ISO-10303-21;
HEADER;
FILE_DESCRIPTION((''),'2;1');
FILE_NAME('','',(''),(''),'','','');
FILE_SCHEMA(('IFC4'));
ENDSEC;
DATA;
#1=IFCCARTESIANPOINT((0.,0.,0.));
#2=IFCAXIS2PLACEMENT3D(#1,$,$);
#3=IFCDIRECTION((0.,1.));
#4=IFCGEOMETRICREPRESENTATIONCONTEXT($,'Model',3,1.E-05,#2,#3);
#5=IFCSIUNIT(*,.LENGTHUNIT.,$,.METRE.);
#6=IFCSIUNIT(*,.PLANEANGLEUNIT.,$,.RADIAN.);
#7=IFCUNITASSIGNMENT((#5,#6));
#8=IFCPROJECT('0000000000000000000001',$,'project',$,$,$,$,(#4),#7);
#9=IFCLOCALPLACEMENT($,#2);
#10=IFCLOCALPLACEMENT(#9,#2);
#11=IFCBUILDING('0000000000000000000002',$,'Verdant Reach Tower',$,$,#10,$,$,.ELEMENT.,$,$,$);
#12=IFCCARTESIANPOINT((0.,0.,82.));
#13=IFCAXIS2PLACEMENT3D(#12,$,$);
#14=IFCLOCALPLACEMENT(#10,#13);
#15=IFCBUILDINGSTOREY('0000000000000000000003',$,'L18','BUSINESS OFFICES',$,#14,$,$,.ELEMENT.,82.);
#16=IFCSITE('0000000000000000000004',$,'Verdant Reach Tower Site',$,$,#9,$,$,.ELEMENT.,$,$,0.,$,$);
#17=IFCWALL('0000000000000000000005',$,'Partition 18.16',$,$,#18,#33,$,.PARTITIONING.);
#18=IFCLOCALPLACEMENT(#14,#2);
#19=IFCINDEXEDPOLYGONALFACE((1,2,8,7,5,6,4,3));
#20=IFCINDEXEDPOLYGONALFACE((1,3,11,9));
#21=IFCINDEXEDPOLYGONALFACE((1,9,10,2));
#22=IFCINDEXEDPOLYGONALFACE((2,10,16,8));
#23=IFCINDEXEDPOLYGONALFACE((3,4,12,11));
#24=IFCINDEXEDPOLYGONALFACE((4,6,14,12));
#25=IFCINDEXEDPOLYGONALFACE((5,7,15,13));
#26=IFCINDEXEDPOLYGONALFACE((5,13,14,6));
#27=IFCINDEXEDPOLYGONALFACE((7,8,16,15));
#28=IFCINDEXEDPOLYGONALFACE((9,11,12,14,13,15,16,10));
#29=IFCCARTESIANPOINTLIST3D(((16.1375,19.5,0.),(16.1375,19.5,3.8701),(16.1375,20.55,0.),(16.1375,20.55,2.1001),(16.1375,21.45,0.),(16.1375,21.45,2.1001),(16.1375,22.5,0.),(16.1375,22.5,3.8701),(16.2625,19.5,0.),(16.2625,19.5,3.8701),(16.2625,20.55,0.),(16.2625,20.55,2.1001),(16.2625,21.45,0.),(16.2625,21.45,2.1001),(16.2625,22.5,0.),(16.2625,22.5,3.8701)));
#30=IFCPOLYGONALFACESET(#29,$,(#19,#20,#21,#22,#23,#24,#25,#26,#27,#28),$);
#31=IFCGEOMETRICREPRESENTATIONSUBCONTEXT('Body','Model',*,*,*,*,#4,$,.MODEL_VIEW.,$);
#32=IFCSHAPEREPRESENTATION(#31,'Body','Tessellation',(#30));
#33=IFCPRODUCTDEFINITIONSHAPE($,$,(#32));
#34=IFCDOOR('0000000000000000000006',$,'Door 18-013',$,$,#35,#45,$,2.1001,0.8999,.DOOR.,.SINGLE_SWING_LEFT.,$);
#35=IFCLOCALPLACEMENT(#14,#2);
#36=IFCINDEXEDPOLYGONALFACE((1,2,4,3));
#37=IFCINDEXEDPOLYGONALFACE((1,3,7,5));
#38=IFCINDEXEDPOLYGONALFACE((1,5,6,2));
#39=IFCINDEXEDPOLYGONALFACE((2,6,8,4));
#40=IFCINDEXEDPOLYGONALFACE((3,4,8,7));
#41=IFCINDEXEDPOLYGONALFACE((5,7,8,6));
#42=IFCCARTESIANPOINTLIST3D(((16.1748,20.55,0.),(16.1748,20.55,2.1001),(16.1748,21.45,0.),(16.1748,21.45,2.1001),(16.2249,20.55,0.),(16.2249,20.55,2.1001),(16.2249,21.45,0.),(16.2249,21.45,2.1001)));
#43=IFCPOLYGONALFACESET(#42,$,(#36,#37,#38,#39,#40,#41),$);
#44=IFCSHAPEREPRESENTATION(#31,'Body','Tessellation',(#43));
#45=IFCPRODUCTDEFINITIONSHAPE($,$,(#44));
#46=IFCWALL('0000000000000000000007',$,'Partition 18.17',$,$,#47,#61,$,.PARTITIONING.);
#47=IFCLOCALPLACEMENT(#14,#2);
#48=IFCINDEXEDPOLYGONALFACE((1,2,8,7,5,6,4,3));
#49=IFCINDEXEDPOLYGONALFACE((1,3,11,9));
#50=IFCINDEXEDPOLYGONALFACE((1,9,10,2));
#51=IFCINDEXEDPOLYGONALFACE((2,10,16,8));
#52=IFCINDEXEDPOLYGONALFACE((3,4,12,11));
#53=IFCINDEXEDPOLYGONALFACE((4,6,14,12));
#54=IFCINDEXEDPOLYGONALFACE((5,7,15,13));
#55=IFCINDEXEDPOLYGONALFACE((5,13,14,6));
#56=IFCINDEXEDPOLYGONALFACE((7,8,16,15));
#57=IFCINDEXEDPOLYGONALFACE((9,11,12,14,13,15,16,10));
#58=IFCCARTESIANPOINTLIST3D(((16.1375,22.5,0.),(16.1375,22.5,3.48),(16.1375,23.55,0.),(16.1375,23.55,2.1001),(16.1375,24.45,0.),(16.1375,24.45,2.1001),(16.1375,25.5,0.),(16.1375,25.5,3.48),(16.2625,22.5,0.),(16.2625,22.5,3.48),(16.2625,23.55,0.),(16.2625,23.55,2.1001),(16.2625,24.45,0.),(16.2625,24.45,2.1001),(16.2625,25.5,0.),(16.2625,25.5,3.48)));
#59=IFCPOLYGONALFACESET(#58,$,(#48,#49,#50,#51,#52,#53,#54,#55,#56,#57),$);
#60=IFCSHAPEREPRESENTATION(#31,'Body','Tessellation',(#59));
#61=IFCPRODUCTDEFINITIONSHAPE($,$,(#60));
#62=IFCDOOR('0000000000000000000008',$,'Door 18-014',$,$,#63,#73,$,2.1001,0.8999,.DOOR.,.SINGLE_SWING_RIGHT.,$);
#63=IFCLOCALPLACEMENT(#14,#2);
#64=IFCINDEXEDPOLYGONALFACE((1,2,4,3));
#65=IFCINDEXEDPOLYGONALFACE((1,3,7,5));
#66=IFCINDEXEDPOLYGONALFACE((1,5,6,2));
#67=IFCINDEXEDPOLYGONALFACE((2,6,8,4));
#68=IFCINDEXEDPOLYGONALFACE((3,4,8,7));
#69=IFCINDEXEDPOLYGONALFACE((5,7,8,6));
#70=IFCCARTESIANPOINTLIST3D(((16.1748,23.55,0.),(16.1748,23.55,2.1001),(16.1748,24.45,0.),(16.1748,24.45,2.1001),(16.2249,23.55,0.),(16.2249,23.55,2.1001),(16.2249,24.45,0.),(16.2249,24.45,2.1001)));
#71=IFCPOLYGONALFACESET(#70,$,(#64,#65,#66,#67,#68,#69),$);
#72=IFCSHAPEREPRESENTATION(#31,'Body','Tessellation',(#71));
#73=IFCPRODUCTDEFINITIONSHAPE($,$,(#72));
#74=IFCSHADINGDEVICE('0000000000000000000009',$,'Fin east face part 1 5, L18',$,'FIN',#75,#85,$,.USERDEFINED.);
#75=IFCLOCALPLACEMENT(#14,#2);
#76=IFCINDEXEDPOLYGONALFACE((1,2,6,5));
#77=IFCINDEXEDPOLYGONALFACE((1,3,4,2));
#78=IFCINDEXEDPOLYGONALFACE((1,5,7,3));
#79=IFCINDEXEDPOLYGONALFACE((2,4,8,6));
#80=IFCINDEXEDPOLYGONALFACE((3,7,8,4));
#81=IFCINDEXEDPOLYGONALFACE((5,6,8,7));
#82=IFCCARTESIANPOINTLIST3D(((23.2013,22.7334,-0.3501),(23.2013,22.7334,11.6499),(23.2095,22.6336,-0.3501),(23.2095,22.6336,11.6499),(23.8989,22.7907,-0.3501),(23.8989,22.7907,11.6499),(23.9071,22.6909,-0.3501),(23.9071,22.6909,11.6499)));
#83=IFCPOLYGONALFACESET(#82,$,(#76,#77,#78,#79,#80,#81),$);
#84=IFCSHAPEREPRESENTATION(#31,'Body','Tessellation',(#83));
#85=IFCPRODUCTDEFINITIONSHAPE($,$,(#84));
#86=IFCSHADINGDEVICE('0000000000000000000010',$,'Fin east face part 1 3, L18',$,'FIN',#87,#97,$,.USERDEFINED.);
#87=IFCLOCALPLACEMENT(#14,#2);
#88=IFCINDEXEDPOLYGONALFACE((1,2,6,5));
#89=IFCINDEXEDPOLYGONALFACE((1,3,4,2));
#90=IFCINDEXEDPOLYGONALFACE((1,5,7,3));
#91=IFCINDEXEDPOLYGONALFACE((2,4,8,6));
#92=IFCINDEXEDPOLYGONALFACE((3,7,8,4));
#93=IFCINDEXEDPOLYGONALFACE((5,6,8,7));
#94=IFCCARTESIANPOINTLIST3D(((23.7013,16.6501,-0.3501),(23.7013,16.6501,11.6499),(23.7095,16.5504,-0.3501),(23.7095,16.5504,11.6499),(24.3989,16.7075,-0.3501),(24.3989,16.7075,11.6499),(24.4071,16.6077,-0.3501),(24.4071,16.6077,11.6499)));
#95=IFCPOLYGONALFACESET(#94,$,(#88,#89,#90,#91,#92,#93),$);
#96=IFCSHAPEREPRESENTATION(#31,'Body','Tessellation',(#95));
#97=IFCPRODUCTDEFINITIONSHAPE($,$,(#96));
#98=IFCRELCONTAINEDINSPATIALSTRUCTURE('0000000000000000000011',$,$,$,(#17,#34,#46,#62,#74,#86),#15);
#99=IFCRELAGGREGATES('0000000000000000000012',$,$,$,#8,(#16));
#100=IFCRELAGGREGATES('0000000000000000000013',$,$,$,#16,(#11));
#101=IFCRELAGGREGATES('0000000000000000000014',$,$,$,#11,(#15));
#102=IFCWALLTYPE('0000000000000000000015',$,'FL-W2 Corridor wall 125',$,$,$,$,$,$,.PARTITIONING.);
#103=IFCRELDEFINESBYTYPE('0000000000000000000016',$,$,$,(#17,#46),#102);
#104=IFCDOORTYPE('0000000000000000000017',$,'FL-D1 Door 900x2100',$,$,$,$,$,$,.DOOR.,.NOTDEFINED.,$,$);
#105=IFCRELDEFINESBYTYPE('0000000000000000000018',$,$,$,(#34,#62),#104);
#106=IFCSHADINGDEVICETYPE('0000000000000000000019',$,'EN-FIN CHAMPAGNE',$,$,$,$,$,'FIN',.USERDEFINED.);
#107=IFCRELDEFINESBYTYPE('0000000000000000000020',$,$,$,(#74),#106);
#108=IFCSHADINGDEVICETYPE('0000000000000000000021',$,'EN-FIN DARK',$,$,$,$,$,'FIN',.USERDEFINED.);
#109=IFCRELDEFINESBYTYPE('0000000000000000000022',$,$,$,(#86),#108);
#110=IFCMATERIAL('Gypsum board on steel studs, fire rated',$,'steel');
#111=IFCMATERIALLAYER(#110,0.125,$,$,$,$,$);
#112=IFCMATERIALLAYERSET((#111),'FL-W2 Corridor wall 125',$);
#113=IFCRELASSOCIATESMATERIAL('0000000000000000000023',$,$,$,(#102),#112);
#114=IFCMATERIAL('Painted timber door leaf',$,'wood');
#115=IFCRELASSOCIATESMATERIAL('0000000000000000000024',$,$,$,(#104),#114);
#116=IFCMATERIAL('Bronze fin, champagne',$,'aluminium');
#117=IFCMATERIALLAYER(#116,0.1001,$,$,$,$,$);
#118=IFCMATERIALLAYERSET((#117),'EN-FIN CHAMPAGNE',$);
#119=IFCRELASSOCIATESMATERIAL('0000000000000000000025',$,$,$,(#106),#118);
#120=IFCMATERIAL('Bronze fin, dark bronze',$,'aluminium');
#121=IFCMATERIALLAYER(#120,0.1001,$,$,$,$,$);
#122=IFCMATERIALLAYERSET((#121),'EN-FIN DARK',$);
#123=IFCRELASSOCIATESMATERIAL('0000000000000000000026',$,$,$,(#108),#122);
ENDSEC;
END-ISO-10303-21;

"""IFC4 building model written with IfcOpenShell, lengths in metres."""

from ifc_helpers import new_model, si_unit, direction, frame, frame_2d, origin, origin_2d, place, context, subcontext, project, spatial, rectangle, extrude, material, layer, layer_set, type_object, element, fill, save


model = new_model("IFC4")

# Units and contexts
model_context = context("Model", 3, precision=1e-05, world=origin(), true_north=direction((0.0, 1.0)))
body_context = subcontext(model_context, "Body", "Model", "MODEL_VIEW")
ifc_project = project(units=[si_unit("LENGTHUNIT", "METRE"), si_unit("PLANEANGLEUNIT", "RADIAN")], contexts=[model_context])

# Site, building, storey
site_placement = place(None, origin())
site = spatial("IfcSite", under=ifc_project, at=site_placement, Name="Verdant Reach Tower Site", CompositionType="ELEMENT", RefElevation=0.0)
building_placement = place(site_placement, origin())
building = spatial("IfcBuilding", under=site, at=building_placement, Name="Verdant Reach Tower", CompositionType="ELEMENT")
storey_placement = place(building_placement, frame((0.0, 0.0, 82.0)))
storey = spatial("IfcBuildingStorey", under=building, at=storey_placement, Name="L18", Description="BUSINESS OFFICES", CompositionType="ELEMENT", Elevation=82.0)

# Walls, openings, doors
ifc_material_1 = material(Name="Gypsum board on steel studs, fire rated", Category="steel")
ifc_layer_1 = layer(ifc_material_1, 0.125)
ifc_layer_set_1 = layer_set([ifc_layer_1], Name="FL-W2 Corridor wall 125")
wall_type_1 = type_object("IfcWallType", Name="FL-W2 Corridor wall 125", PredefinedType="PARTITIONING", material=ifc_layer_set_1)
ifc_material_2 = material(Name="Painted timber door leaf", Category="wood")
door_type_1 = type_object("IfcDoorType", Name="FL-D1 Door 900x2100", OperationType="NOTDEFINED", PredefinedType="DOOR", material=ifc_material_2)
wall_1_placement = place(storey_placement, frame((16.2, 22.5, 0.0), z_axis=(0.0, 0.0, 1.0), x_axis=(0.0, -1.0, 0.0)))
wall_1 = element("IfcWall", 1, at=wall_1_placement, inside=storey, type_object=wall_type_1, Name="Partition 18.16", PredefinedType="PARTITIONING", context=body_context, shape_type="SweptSolid", body=[
    extrude(rectangle(XDim=3.0, YDim=0.125, at=frame_2d((1.5, 0.0))), origin(), (0.0, 0.0, 1.0), 3.8701),
])
opening_1_placement = place(wall_1_placement, frame((1.05, 0.0, 0.0)))
opening_1 = element("IfcOpeningElement", 2, at=opening_1_placement, cuts=wall_1, PredefinedType="OPENING", context=body_context, shape_type="SweptSolid", body=[
    extrude(rectangle(XDim=0.8999, YDim=2.1001, at=frame_2d((0.45, 1.05))), frame((0.0, 0.0725, 0.0), z_axis=(0.0, -1.0, 0.0), x_axis=(1.0, 0.0, 0.0)), (0.0, 0.0, 1.0), 0.145),
])
door_1_placement = place(opening_1_placement, origin())
door_1 = element("IfcDoor", 3, at=door_1_placement, inside=storey, type_object=door_type_1, Name="Door 18-013", OperationType="SINGLE_SWING_LEFT", OverallHeight=2.1001, OverallWidth=0.8999, PredefinedType="DOOR", context=body_context, shape_type="SweptSolid", body=[
    extrude(rectangle(XDim=0.8999, YDim=2.1001, at=frame_2d((0.45, 1.05))), frame((0.0, 0.0249, 0.0), z_axis=(0.0, -1.0, 0.0), x_axis=(1.0, 0.0, 0.0)), (0.0, 0.0, 1.0), 0.05),
])
fill(opening_1, door_1)
wall_2_placement = place(storey_placement, frame((16.2, 25.5, 0.0), z_axis=(0.0, 0.0, 1.0), x_axis=(0.0, -1.0, 0.0)))
wall_2 = element("IfcWall", 4, at=wall_2_placement, inside=storey, type_object=wall_type_1, Name="Partition 18.17", PredefinedType="PARTITIONING", context=body_context, shape_type="SweptSolid", body=[
    extrude(rectangle(XDim=3.0, YDim=0.125, at=frame_2d((1.5, 0.0))), origin(), (0.0, 0.0, 1.0), 3.48),
])
opening_2_placement = place(wall_2_placement, frame((1.05, 0.0, 0.0)))
opening_2 = element("IfcOpeningElement", 5, at=opening_2_placement, cuts=wall_2, PredefinedType="OPENING", context=body_context, shape_type="SweptSolid", body=[
    extrude(rectangle(XDim=0.8999, YDim=2.1001, at=frame_2d((0.45, 1.05))), frame((0.0, 0.0725, 0.0), z_axis=(0.0, -1.0, 0.0), x_axis=(1.0, 0.0, 0.0)), (0.0, 0.0, 1.0), 0.145),
])
door_2_placement = place(opening_2_placement, origin())
door_2 = element("IfcDoor", 6, at=door_2_placement, inside=storey, type_object=door_type_1, Name="Door 18-014", OperationType="SINGLE_SWING_RIGHT", OverallHeight=2.1001, OverallWidth=0.8999, PredefinedType="DOOR", context=body_context, shape_type="SweptSolid", body=[
    extrude(rectangle(XDim=0.8999, YDim=2.1001, at=frame_2d((0.45, 1.05))), frame((0.0, 0.0249, 0.0), z_axis=(0.0, -1.0, 0.0), x_axis=(1.0, 0.0, 0.0)), (0.0, 0.0, 1.0), 0.05),
])
fill(opening_2, door_2)

# Shading devices
ifc_material_3 = material(Name="Bronze fin, champagne", Category="aluminium")
ifc_layer_2 = layer(ifc_material_3, 0.1001)
ifc_layer_set_2 = layer_set([ifc_layer_2], Name="EN-FIN CHAMPAGNE")
shading_device_type_1 = type_object("IfcShadingDeviceType", Name="EN-FIN CHAMPAGNE", ElementType="FIN", PredefinedType="USERDEFINED", material=ifc_layer_set_2)
shading_device_1_placement = place(storey_placement, frame((23.5542, 22.7122, -0.3501), z_axis=(0.0, 0.0, 1.0), x_axis=(-0.081916, 0.996639, 0.0)))
element("IfcShadingDevice", 7, at=shading_device_1_placement, inside=storey, type_object=shading_device_type_1, Name="Fin east face part 1 5, L18", ObjectType="FIN", PredefinedType="USERDEFINED", context=body_context, shape_type="SweptSolid", body=[
    extrude(rectangle(XDim=0.1001, YDim=0.7, at=origin_2d()), origin(), (0.0, 0.0, 1.0), 12.0),
])
ifc_material_4 = material(Name="Bronze fin, dark bronze", Category="aluminium")
ifc_layer_3 = layer(ifc_material_4, 0.1001)
ifc_layer_set_3 = layer_set([ifc_layer_3], Name="EN-FIN DARK")
shading_device_type_2 = type_object("IfcShadingDeviceType", Name="EN-FIN DARK", ElementType="FIN", PredefinedType="USERDEFINED", material=ifc_layer_set_3)
shading_device_2_placement = place(storey_placement, frame((24.0542, 16.6289, -0.3501), z_axis=(0.0, 0.0, 1.0), x_axis=(-0.081916, 0.996639, 0.0)))
element("IfcShadingDevice", 8, at=shading_device_2_placement, inside=storey, type_object=shading_device_type_2, Name="Fin east face part 1 3, L18", ObjectType="FIN", PredefinedType="USERDEFINED", context=body_context, shape_type="SweptSolid", body=[
    extrude(rectangle(XDim=0.1001, YDim=0.7, at=origin_2d()), origin(), (0.0, 0.0, 1.0), 12.0),
])

save(model, "model.ifc")
